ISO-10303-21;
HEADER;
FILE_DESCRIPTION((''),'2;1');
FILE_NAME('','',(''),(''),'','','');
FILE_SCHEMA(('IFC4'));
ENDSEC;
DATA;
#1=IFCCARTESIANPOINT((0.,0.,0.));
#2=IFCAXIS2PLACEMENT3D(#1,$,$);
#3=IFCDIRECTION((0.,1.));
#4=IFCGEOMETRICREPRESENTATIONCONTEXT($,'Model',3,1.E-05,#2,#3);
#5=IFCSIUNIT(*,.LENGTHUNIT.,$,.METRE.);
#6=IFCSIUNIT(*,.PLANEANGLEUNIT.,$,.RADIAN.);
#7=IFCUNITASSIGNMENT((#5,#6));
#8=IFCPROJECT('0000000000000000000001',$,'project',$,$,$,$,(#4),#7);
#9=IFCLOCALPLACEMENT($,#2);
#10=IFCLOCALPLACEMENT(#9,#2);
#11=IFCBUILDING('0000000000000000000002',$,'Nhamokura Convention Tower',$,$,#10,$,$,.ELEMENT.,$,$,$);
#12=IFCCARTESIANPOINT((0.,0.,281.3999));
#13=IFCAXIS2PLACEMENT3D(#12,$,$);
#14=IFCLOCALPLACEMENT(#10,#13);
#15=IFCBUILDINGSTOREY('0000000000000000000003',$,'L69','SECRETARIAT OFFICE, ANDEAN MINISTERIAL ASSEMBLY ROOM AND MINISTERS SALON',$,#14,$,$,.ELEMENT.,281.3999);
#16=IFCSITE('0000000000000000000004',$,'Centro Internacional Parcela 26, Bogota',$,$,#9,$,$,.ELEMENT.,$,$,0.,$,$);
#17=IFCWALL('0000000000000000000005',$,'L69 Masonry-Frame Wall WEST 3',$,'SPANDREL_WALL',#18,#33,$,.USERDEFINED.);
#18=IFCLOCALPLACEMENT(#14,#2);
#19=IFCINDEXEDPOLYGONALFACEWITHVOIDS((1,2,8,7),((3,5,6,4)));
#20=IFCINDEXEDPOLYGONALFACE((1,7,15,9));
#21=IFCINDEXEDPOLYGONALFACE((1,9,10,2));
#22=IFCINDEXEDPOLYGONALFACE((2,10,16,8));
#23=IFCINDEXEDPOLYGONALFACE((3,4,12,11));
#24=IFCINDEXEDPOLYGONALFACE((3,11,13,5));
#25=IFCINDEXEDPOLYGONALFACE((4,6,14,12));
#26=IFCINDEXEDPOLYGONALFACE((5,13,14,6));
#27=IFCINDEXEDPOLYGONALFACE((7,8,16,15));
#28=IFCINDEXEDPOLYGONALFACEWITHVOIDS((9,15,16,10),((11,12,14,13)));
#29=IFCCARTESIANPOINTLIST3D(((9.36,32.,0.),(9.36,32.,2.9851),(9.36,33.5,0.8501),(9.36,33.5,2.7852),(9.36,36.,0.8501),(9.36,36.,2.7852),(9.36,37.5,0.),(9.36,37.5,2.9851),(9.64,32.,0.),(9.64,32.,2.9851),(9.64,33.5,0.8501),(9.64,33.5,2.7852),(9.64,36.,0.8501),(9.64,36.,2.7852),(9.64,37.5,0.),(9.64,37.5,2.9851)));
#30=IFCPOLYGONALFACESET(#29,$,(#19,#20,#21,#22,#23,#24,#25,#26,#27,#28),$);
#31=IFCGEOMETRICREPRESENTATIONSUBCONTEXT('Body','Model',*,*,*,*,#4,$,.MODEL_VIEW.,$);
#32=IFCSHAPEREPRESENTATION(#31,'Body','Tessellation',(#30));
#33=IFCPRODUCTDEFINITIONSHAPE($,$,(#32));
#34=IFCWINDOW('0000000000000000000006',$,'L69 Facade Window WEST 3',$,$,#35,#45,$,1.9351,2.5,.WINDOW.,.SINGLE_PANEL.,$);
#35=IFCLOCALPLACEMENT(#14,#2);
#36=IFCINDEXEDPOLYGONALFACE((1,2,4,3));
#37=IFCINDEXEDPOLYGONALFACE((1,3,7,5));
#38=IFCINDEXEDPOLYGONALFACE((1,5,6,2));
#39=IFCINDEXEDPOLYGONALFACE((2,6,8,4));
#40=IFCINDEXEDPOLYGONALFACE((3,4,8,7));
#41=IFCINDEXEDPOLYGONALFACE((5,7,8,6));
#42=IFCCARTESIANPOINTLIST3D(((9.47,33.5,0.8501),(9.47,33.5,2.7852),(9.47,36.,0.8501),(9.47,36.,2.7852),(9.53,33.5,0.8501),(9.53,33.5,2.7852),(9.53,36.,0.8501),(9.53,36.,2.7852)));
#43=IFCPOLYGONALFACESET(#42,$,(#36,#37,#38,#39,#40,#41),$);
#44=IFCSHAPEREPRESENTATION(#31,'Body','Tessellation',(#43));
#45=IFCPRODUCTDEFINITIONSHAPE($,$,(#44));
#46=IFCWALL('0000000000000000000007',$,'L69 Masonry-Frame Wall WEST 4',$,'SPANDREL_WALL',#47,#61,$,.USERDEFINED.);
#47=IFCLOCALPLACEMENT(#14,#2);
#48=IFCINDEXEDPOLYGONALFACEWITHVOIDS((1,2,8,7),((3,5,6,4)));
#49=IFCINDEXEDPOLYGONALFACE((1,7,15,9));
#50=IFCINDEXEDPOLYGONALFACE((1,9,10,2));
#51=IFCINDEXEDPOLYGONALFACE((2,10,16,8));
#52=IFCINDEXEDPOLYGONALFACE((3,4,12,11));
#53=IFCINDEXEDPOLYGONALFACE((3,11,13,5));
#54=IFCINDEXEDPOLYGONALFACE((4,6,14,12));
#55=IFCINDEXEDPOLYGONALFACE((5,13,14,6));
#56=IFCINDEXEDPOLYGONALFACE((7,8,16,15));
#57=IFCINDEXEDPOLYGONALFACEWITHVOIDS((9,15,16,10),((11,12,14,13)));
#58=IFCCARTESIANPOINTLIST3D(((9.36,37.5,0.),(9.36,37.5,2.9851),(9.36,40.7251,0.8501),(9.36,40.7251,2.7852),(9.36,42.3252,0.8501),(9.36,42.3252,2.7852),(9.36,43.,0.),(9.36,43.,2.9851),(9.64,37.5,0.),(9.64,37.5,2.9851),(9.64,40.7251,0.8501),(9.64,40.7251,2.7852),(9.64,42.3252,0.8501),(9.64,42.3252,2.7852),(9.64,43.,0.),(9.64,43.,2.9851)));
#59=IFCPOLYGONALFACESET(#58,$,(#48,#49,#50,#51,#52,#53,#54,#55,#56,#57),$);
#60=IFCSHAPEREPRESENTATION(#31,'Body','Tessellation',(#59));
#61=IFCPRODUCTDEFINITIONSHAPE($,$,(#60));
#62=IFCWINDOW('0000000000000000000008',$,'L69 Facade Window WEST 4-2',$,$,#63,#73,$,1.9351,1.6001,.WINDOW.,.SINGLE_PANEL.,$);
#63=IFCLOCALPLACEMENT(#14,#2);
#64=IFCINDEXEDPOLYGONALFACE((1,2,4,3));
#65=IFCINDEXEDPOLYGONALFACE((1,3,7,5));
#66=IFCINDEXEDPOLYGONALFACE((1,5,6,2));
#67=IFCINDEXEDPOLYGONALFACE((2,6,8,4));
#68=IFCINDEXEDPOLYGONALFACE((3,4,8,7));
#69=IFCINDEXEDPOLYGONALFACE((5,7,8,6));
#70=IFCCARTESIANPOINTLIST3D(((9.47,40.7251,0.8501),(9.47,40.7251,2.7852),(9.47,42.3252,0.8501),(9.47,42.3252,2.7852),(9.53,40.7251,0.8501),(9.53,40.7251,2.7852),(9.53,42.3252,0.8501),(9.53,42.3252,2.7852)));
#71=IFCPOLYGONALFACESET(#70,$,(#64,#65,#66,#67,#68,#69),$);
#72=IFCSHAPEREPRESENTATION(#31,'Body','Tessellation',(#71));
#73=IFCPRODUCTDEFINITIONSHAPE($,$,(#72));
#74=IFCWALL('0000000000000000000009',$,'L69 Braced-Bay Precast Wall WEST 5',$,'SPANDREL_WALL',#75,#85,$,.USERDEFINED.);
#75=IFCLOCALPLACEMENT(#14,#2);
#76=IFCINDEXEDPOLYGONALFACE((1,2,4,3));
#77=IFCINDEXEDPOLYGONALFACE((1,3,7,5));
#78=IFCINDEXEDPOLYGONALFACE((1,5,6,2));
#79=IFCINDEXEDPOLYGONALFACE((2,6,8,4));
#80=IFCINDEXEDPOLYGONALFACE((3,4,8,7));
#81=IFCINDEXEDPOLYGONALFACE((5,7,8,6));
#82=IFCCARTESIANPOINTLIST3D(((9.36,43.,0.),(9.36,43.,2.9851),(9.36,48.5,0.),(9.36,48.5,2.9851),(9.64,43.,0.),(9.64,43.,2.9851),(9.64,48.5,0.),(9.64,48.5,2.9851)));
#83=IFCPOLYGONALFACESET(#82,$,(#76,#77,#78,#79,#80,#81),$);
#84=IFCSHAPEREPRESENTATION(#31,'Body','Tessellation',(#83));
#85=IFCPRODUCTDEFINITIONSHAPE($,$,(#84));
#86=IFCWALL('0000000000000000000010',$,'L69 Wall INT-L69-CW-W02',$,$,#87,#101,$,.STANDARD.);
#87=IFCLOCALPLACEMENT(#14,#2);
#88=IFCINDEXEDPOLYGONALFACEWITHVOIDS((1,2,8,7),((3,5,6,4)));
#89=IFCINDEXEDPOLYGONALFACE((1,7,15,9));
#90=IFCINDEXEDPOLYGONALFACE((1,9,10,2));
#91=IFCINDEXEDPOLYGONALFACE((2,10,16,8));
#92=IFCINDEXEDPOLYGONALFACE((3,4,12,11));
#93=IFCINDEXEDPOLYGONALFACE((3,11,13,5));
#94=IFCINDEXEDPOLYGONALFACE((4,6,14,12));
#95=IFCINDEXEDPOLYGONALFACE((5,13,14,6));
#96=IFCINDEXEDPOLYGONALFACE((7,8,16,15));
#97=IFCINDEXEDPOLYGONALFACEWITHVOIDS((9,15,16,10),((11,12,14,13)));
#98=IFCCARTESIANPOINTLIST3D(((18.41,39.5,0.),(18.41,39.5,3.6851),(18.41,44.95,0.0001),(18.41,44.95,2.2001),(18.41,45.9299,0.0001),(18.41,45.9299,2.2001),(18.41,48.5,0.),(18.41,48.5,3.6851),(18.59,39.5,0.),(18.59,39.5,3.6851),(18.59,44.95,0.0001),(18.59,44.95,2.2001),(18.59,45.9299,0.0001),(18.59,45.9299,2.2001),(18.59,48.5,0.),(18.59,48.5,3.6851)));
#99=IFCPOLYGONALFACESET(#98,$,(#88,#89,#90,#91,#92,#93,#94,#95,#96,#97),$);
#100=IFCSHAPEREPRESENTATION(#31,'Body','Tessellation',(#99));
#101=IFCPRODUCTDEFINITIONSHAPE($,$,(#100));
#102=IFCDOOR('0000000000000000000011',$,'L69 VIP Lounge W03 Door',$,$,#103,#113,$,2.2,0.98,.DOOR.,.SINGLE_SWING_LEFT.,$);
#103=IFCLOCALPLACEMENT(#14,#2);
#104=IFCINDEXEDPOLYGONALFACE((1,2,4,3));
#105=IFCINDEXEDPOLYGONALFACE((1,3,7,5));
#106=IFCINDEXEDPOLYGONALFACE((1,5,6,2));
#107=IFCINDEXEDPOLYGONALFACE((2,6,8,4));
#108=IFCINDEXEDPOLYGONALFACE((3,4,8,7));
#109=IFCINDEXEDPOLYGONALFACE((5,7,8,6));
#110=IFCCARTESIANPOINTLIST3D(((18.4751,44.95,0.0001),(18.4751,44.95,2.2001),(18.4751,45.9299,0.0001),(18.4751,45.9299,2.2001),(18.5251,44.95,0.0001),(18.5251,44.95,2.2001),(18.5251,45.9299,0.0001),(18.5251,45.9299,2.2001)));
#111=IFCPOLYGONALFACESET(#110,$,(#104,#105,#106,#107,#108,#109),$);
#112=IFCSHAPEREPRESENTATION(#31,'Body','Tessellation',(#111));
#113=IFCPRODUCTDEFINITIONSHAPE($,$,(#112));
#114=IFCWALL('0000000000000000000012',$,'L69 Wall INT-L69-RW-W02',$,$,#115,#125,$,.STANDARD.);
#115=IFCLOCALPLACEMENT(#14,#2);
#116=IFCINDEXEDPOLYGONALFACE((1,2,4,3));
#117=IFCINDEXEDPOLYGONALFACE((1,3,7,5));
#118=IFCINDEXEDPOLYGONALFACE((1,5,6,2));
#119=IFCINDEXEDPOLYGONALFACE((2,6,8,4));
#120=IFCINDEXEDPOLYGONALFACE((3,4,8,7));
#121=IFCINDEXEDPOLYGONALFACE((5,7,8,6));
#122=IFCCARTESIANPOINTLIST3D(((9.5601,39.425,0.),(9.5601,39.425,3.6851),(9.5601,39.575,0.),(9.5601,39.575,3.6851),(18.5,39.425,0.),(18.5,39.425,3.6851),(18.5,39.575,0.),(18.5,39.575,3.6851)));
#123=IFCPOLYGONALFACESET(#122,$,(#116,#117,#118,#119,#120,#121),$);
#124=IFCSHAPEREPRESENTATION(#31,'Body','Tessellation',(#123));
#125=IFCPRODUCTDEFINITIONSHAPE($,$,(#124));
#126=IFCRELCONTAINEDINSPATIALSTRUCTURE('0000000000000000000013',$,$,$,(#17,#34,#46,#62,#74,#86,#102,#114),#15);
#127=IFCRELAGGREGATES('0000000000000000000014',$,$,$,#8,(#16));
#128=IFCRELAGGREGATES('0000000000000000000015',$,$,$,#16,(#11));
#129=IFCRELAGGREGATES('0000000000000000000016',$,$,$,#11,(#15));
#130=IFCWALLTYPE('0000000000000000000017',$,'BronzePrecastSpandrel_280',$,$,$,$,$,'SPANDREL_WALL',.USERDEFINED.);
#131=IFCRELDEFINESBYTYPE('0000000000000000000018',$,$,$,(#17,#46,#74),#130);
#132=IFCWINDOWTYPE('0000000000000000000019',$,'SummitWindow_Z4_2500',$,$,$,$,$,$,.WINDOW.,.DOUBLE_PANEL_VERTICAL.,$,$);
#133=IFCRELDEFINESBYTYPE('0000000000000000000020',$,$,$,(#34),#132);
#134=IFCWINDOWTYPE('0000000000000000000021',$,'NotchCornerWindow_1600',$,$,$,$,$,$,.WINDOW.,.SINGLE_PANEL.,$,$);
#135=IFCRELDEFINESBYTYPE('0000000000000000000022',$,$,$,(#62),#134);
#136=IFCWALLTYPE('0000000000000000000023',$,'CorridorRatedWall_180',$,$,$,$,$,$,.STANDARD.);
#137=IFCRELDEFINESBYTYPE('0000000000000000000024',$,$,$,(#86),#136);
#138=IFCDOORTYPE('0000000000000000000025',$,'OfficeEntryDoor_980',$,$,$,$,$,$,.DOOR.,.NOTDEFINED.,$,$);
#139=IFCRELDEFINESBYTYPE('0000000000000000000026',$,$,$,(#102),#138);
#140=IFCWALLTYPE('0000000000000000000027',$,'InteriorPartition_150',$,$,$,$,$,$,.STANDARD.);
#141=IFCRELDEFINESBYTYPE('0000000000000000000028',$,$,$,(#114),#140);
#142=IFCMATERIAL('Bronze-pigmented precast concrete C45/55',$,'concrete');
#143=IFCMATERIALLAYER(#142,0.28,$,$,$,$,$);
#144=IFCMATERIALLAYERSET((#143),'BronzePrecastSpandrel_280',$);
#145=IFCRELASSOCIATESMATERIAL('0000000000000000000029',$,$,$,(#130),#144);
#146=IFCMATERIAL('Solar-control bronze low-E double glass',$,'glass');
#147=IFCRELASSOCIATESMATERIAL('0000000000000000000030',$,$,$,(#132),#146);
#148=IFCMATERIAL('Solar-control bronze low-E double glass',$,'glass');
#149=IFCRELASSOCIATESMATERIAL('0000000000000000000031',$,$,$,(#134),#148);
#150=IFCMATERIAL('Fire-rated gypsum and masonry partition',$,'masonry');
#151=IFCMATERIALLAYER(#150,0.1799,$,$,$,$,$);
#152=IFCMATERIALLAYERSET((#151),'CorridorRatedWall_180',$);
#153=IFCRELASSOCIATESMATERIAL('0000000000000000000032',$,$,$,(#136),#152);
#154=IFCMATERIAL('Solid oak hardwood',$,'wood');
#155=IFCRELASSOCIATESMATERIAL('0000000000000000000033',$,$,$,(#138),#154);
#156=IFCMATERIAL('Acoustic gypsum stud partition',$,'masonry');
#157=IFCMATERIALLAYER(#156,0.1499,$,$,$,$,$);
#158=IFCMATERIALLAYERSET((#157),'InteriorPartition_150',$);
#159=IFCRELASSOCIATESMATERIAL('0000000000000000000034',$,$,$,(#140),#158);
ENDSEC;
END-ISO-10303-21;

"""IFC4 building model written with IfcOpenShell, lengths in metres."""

from ifc_helpers import new_model, si_unit, direction, frame, frame_2d, origin, place, context, subcontext, project, spatial, rectangle, extrude, material, layer, layer_set, type_object, element, fill, save


model = new_model("IFC4")

# Units and contexts
model_context = context("Model", 3, precision=1e-05, world=origin(), true_north=direction((0.0, 1.0)))
body_context = subcontext(model_context, "Body", "Model", "MODEL_VIEW")
ifc_project = project(units=[si_unit("LENGTHUNIT", "METRE"), si_unit("PLANEANGLEUNIT", "RADIAN")], contexts=[model_context])

# Site, building, storey
site_placement = place(None, origin())
site = spatial("IfcSite", under=ifc_project, at=site_placement, Name="Centro Internacional Parcela 26, Bogota", CompositionType="ELEMENT", RefElevation=0.0)
building_placement = place(site_placement, origin())
building = spatial("IfcBuilding", under=site, at=building_placement, Name="Nhamokura Convention Tower", CompositionType="ELEMENT")
storey_placement = place(building_placement, frame((0.0, 0.0, 281.3999)))
storey = spatial("IfcBuildingStorey", under=building, at=storey_placement, Name="L69", Description="SECRETARIAT OFFICE, ANDEAN MINISTERIAL ASSEMBLY ROOM AND MINISTERS SALON", CompositionType="ELEMENT", Elevation=281.3999)

# Walls, openings, windows
ifc_material_1 = material(Name="Bronze-pigmented precast concrete C45/55", Category="concrete")
ifc_layer_1 = layer(ifc_material_1, 0.28)
ifc_layer_set_1 = layer_set([ifc_layer_1], Name="BronzePrecastSpandrel_280")
wall_type_1 = type_object("IfcWallType", Name="BronzePrecastSpandrel_280", ElementType="SPANDREL_WALL", PredefinedType="USERDEFINED", material=ifc_layer_set_1)
wall_1_placement = place(storey_placement, frame((9.5, 32.0, 0.0), z_axis=(0.0, 0.0, 1.0), x_axis=(0.0, 1.0, 0.0)))
wall_1 = element("IfcWall", 1, at=wall_1_placement, inside=storey, type_object=wall_type_1, Name="L69 Masonry-Frame Wall WEST 3", ObjectType="SPANDREL_WALL", PredefinedType="USERDEFINED", context=body_context, shape_type="SweptSolid", body=[
    extrude(rectangle(XDim=5.5, YDim=0.28, at=frame_2d((2.75, 0.0))), origin(), (0.0, 0.0, 1.0), 2.9851),
])
opening_1_placement = place(wall_1_placement, frame((1.5, 0.0, 0.8501)))
opening_1 = element("IfcOpeningElement", 2, at=opening_1_placement, cuts=wall_1, PredefinedType="OPENING", context=body_context, shape_type="SweptSolid", body=[
    extrude(rectangle(XDim=2.5, YDim=1.9351, at=frame_2d((1.25, 0.9675))), frame((0.0, 0.1499, 0.0), z_axis=(0.0, -1.0, 0.0), x_axis=(1.0, 0.0, 0.0)), (0.0, 0.0, 1.0), 0.3),
])
ifc_material_2 = material(Name="Solar-control bronze low-E double glass", Category="glass")
window_type_1 = type_object("IfcWindowType", Name="SummitWindow_Z4_2500", PartitioningType="DOUBLE_PANEL_VERTICAL", PredefinedType="WINDOW", material=ifc_material_2)
window_1_placement = place(opening_1_placement, origin())
window_1 = element("IfcWindow", 3, at=window_1_placement, inside=storey, type_object=window_type_1, Name="L69 Facade Window WEST 3", OverallHeight=1.9351, OverallWidth=2.5, PartitioningType="SINGLE_PANEL", PredefinedType="WINDOW", context=body_context, shape_type="SweptSolid", body=[
    extrude(rectangle(XDim=2.5, YDim=1.9351, at=frame_2d((1.25, 0.9675))), frame((0.0, 0.03, 0.0), z_axis=(0.0, -1.0, 0.0), x_axis=(1.0, 0.0, 0.0)), (0.0, 0.0, 1.0), 0.0601),
])
fill(opening_1, window_1)
wall_2_placement = place(storey_placement, frame((9.5, 37.5, 0.0), z_axis=(0.0, 0.0, 1.0), x_axis=(0.0, 1.0, 0.0)))
wall_2 = element("IfcWall", 4, at=wall_2_placement, inside=storey, type_object=wall_type_1, Name="L69 Masonry-Frame Wall WEST 4", ObjectType="SPANDREL_WALL", PredefinedType="USERDEFINED", context=body_context, shape_type="SweptSolid", body=[
    extrude(rectangle(XDim=5.5, YDim=0.28, at=frame_2d((2.75, 0.0))), origin(), (0.0, 0.0, 1.0), 2.9851),
])
opening_2_placement = place(wall_2_placement, frame((3.2251, 0.0, 0.8501)))
opening_2 = element("IfcOpeningElement", 5, at=opening_2_placement, cuts=wall_2, PredefinedType="OPENING", context=body_context, shape_type="SweptSolid", body=[
    extrude(rectangle(XDim=1.6001, YDim=1.9351, at=frame_2d((0.8, 0.9675))), frame((0.0, 0.1499, 0.0), z_axis=(0.0, -1.0, 0.0), x_axis=(1.0, 0.0, 0.0)), (0.0, 0.0, 1.0), 0.3),
])
ifc_material_3 = material(Name="Solar-control bronze low-E double glass", Category="glass")
window_type_2 = type_object("IfcWindowType", Name="NotchCornerWindow_1600", PartitioningType="SINGLE_PANEL", PredefinedType="WINDOW", material=ifc_material_3)
window_2_placement = place(opening_2_placement, origin())
window_2 = element("IfcWindow", 6, at=window_2_placement, inside=storey, type_object=window_type_2, Name="L69 Facade Window WEST 4-2", OverallHeight=1.9351, OverallWidth=1.6001, PartitioningType="SINGLE_PANEL", PredefinedType="WINDOW", context=body_context, shape_type="SweptSolid", body=[
    extrude(rectangle(XDim=1.6001, YDim=1.9351, at=frame_2d((0.8, 0.9675))), frame((0.0, 0.03, 0.0), z_axis=(0.0, -1.0, 0.0), x_axis=(1.0, 0.0, 0.0)), (0.0, 0.0, 1.0), 0.0601),
])
fill(opening_2, window_2)

# Wall
wall_3_placement = place(storey_placement, frame((9.5, 43.0, 0.0), z_axis=(0.0, 0.0, 1.0), x_axis=(0.0, 1.0, 0.0)))
element("IfcWall", 7, at=wall_3_placement, inside=storey, type_object=wall_type_1, Name="L69 Braced-Bay Precast Wall WEST 5", ObjectType="SPANDREL_WALL", PredefinedType="USERDEFINED", context=body_context, shape_type="SweptSolid", body=[
    extrude(rectangle(XDim=5.5, YDim=0.28, at=frame_2d((2.75, 0.0))), origin(), (0.0, 0.0, 1.0), 2.9851),
])

# Wall, opening, door
ifc_material_4 = material(Name="Fire-rated gypsum and masonry partition", Category="masonry")
ifc_layer_2 = layer(ifc_material_4, 0.1799)
ifc_layer_set_2 = layer_set([ifc_layer_2], Name="CorridorRatedWall_180")
wall_type_2 = type_object("IfcWallType", Name="CorridorRatedWall_180", PredefinedType="STANDARD", material=ifc_layer_set_2)
wall_4_placement = place(storey_placement, frame((18.5, 39.5, 0.0), z_axis=(0.0, 0.0, 1.0), x_axis=(0.0, 1.0, 0.0)))
wall_4 = element("IfcWall", 8, at=wall_4_placement, inside=storey, type_object=wall_type_2, Name="L69 Wall INT-L69-CW-W02", PredefinedType="STANDARD", context=body_context, shape_type="SweptSolid", body=[
    extrude(rectangle(XDim=9.0, YDim=0.1799, at=frame_2d((4.5, 0.0))), origin(), (0.0, 0.0, 1.0), 3.6851),
])
opening_3_placement = place(wall_4_placement, frame((5.45, 0.0, 0.0)))
opening_3 = element("IfcOpeningElement", 9, at=opening_3_placement, cuts=wall_4, PredefinedType="OPENING", context=body_context, shape_type="SweptSolid", body=[
    extrude(rectangle(XDim=0.98, YDim=2.2, at=frame_2d((0.49, 1.1001))), frame((0.0, 0.0999, 0.0), z_axis=(0.0, -1.0, 0.0), x_axis=(1.0, 0.0, 0.0)), (0.0, 0.0, 1.0), 0.2),
])
ifc_material_5 = material(Name="Solid oak hardwood", Category="wood")
door_type = type_object("IfcDoorType", Name="OfficeEntryDoor_980", OperationType="NOTDEFINED", PredefinedType="DOOR", material=ifc_material_5)
door_placement = place(opening_3_placement, origin())
door = element("IfcDoor", 10, at=door_placement, inside=storey, type_object=door_type, Name="L69 VIP Lounge W03 Door", OperationType="SINGLE_SWING_LEFT", OverallHeight=2.2, OverallWidth=0.98, PredefinedType="DOOR", context=body_context, shape_type="SweptSolid", body=[
    extrude(rectangle(XDim=0.98, YDim=2.2, at=frame_2d((0.49, 1.1001))), frame((0.0, 0.0249, 0.0), z_axis=(0.0, -1.0, 0.0), x_axis=(1.0, 0.0, 0.0)), (0.0, 0.0, 1.0), 0.05),
])
fill(opening_3, door)

# Wall
ifc_material_6 = material(Name="Acoustic gypsum stud partition", Category="masonry")
ifc_layer_3 = layer(ifc_material_6, 0.1499)
ifc_layer_set_3 = layer_set([ifc_layer_3], Name="InteriorPartition_150")
wall_type_3 = type_object("IfcWallType", Name="InteriorPartition_150", PredefinedType="STANDARD", material=ifc_layer_set_3)
wall_5_placement = place(storey_placement, frame((9.5601, 39.5, 0.0), z_axis=(0.0, 0.0, 1.0), x_axis=(1.0, 0.0, 0.0)))
element("IfcWall", 11, at=wall_5_placement, inside=storey, type_object=wall_type_3, Name="L69 Wall INT-L69-RW-W02", PredefinedType="STANDARD", context=body_context, shape_type="SweptSolid", body=[
    extrude(rectangle(XDim=8.9399, YDim=0.1499, at=frame_2d((4.47, 0.0))), origin(), (0.0, 0.0, 1.0), 3.6851),
])

save(model, "model.ifc")
